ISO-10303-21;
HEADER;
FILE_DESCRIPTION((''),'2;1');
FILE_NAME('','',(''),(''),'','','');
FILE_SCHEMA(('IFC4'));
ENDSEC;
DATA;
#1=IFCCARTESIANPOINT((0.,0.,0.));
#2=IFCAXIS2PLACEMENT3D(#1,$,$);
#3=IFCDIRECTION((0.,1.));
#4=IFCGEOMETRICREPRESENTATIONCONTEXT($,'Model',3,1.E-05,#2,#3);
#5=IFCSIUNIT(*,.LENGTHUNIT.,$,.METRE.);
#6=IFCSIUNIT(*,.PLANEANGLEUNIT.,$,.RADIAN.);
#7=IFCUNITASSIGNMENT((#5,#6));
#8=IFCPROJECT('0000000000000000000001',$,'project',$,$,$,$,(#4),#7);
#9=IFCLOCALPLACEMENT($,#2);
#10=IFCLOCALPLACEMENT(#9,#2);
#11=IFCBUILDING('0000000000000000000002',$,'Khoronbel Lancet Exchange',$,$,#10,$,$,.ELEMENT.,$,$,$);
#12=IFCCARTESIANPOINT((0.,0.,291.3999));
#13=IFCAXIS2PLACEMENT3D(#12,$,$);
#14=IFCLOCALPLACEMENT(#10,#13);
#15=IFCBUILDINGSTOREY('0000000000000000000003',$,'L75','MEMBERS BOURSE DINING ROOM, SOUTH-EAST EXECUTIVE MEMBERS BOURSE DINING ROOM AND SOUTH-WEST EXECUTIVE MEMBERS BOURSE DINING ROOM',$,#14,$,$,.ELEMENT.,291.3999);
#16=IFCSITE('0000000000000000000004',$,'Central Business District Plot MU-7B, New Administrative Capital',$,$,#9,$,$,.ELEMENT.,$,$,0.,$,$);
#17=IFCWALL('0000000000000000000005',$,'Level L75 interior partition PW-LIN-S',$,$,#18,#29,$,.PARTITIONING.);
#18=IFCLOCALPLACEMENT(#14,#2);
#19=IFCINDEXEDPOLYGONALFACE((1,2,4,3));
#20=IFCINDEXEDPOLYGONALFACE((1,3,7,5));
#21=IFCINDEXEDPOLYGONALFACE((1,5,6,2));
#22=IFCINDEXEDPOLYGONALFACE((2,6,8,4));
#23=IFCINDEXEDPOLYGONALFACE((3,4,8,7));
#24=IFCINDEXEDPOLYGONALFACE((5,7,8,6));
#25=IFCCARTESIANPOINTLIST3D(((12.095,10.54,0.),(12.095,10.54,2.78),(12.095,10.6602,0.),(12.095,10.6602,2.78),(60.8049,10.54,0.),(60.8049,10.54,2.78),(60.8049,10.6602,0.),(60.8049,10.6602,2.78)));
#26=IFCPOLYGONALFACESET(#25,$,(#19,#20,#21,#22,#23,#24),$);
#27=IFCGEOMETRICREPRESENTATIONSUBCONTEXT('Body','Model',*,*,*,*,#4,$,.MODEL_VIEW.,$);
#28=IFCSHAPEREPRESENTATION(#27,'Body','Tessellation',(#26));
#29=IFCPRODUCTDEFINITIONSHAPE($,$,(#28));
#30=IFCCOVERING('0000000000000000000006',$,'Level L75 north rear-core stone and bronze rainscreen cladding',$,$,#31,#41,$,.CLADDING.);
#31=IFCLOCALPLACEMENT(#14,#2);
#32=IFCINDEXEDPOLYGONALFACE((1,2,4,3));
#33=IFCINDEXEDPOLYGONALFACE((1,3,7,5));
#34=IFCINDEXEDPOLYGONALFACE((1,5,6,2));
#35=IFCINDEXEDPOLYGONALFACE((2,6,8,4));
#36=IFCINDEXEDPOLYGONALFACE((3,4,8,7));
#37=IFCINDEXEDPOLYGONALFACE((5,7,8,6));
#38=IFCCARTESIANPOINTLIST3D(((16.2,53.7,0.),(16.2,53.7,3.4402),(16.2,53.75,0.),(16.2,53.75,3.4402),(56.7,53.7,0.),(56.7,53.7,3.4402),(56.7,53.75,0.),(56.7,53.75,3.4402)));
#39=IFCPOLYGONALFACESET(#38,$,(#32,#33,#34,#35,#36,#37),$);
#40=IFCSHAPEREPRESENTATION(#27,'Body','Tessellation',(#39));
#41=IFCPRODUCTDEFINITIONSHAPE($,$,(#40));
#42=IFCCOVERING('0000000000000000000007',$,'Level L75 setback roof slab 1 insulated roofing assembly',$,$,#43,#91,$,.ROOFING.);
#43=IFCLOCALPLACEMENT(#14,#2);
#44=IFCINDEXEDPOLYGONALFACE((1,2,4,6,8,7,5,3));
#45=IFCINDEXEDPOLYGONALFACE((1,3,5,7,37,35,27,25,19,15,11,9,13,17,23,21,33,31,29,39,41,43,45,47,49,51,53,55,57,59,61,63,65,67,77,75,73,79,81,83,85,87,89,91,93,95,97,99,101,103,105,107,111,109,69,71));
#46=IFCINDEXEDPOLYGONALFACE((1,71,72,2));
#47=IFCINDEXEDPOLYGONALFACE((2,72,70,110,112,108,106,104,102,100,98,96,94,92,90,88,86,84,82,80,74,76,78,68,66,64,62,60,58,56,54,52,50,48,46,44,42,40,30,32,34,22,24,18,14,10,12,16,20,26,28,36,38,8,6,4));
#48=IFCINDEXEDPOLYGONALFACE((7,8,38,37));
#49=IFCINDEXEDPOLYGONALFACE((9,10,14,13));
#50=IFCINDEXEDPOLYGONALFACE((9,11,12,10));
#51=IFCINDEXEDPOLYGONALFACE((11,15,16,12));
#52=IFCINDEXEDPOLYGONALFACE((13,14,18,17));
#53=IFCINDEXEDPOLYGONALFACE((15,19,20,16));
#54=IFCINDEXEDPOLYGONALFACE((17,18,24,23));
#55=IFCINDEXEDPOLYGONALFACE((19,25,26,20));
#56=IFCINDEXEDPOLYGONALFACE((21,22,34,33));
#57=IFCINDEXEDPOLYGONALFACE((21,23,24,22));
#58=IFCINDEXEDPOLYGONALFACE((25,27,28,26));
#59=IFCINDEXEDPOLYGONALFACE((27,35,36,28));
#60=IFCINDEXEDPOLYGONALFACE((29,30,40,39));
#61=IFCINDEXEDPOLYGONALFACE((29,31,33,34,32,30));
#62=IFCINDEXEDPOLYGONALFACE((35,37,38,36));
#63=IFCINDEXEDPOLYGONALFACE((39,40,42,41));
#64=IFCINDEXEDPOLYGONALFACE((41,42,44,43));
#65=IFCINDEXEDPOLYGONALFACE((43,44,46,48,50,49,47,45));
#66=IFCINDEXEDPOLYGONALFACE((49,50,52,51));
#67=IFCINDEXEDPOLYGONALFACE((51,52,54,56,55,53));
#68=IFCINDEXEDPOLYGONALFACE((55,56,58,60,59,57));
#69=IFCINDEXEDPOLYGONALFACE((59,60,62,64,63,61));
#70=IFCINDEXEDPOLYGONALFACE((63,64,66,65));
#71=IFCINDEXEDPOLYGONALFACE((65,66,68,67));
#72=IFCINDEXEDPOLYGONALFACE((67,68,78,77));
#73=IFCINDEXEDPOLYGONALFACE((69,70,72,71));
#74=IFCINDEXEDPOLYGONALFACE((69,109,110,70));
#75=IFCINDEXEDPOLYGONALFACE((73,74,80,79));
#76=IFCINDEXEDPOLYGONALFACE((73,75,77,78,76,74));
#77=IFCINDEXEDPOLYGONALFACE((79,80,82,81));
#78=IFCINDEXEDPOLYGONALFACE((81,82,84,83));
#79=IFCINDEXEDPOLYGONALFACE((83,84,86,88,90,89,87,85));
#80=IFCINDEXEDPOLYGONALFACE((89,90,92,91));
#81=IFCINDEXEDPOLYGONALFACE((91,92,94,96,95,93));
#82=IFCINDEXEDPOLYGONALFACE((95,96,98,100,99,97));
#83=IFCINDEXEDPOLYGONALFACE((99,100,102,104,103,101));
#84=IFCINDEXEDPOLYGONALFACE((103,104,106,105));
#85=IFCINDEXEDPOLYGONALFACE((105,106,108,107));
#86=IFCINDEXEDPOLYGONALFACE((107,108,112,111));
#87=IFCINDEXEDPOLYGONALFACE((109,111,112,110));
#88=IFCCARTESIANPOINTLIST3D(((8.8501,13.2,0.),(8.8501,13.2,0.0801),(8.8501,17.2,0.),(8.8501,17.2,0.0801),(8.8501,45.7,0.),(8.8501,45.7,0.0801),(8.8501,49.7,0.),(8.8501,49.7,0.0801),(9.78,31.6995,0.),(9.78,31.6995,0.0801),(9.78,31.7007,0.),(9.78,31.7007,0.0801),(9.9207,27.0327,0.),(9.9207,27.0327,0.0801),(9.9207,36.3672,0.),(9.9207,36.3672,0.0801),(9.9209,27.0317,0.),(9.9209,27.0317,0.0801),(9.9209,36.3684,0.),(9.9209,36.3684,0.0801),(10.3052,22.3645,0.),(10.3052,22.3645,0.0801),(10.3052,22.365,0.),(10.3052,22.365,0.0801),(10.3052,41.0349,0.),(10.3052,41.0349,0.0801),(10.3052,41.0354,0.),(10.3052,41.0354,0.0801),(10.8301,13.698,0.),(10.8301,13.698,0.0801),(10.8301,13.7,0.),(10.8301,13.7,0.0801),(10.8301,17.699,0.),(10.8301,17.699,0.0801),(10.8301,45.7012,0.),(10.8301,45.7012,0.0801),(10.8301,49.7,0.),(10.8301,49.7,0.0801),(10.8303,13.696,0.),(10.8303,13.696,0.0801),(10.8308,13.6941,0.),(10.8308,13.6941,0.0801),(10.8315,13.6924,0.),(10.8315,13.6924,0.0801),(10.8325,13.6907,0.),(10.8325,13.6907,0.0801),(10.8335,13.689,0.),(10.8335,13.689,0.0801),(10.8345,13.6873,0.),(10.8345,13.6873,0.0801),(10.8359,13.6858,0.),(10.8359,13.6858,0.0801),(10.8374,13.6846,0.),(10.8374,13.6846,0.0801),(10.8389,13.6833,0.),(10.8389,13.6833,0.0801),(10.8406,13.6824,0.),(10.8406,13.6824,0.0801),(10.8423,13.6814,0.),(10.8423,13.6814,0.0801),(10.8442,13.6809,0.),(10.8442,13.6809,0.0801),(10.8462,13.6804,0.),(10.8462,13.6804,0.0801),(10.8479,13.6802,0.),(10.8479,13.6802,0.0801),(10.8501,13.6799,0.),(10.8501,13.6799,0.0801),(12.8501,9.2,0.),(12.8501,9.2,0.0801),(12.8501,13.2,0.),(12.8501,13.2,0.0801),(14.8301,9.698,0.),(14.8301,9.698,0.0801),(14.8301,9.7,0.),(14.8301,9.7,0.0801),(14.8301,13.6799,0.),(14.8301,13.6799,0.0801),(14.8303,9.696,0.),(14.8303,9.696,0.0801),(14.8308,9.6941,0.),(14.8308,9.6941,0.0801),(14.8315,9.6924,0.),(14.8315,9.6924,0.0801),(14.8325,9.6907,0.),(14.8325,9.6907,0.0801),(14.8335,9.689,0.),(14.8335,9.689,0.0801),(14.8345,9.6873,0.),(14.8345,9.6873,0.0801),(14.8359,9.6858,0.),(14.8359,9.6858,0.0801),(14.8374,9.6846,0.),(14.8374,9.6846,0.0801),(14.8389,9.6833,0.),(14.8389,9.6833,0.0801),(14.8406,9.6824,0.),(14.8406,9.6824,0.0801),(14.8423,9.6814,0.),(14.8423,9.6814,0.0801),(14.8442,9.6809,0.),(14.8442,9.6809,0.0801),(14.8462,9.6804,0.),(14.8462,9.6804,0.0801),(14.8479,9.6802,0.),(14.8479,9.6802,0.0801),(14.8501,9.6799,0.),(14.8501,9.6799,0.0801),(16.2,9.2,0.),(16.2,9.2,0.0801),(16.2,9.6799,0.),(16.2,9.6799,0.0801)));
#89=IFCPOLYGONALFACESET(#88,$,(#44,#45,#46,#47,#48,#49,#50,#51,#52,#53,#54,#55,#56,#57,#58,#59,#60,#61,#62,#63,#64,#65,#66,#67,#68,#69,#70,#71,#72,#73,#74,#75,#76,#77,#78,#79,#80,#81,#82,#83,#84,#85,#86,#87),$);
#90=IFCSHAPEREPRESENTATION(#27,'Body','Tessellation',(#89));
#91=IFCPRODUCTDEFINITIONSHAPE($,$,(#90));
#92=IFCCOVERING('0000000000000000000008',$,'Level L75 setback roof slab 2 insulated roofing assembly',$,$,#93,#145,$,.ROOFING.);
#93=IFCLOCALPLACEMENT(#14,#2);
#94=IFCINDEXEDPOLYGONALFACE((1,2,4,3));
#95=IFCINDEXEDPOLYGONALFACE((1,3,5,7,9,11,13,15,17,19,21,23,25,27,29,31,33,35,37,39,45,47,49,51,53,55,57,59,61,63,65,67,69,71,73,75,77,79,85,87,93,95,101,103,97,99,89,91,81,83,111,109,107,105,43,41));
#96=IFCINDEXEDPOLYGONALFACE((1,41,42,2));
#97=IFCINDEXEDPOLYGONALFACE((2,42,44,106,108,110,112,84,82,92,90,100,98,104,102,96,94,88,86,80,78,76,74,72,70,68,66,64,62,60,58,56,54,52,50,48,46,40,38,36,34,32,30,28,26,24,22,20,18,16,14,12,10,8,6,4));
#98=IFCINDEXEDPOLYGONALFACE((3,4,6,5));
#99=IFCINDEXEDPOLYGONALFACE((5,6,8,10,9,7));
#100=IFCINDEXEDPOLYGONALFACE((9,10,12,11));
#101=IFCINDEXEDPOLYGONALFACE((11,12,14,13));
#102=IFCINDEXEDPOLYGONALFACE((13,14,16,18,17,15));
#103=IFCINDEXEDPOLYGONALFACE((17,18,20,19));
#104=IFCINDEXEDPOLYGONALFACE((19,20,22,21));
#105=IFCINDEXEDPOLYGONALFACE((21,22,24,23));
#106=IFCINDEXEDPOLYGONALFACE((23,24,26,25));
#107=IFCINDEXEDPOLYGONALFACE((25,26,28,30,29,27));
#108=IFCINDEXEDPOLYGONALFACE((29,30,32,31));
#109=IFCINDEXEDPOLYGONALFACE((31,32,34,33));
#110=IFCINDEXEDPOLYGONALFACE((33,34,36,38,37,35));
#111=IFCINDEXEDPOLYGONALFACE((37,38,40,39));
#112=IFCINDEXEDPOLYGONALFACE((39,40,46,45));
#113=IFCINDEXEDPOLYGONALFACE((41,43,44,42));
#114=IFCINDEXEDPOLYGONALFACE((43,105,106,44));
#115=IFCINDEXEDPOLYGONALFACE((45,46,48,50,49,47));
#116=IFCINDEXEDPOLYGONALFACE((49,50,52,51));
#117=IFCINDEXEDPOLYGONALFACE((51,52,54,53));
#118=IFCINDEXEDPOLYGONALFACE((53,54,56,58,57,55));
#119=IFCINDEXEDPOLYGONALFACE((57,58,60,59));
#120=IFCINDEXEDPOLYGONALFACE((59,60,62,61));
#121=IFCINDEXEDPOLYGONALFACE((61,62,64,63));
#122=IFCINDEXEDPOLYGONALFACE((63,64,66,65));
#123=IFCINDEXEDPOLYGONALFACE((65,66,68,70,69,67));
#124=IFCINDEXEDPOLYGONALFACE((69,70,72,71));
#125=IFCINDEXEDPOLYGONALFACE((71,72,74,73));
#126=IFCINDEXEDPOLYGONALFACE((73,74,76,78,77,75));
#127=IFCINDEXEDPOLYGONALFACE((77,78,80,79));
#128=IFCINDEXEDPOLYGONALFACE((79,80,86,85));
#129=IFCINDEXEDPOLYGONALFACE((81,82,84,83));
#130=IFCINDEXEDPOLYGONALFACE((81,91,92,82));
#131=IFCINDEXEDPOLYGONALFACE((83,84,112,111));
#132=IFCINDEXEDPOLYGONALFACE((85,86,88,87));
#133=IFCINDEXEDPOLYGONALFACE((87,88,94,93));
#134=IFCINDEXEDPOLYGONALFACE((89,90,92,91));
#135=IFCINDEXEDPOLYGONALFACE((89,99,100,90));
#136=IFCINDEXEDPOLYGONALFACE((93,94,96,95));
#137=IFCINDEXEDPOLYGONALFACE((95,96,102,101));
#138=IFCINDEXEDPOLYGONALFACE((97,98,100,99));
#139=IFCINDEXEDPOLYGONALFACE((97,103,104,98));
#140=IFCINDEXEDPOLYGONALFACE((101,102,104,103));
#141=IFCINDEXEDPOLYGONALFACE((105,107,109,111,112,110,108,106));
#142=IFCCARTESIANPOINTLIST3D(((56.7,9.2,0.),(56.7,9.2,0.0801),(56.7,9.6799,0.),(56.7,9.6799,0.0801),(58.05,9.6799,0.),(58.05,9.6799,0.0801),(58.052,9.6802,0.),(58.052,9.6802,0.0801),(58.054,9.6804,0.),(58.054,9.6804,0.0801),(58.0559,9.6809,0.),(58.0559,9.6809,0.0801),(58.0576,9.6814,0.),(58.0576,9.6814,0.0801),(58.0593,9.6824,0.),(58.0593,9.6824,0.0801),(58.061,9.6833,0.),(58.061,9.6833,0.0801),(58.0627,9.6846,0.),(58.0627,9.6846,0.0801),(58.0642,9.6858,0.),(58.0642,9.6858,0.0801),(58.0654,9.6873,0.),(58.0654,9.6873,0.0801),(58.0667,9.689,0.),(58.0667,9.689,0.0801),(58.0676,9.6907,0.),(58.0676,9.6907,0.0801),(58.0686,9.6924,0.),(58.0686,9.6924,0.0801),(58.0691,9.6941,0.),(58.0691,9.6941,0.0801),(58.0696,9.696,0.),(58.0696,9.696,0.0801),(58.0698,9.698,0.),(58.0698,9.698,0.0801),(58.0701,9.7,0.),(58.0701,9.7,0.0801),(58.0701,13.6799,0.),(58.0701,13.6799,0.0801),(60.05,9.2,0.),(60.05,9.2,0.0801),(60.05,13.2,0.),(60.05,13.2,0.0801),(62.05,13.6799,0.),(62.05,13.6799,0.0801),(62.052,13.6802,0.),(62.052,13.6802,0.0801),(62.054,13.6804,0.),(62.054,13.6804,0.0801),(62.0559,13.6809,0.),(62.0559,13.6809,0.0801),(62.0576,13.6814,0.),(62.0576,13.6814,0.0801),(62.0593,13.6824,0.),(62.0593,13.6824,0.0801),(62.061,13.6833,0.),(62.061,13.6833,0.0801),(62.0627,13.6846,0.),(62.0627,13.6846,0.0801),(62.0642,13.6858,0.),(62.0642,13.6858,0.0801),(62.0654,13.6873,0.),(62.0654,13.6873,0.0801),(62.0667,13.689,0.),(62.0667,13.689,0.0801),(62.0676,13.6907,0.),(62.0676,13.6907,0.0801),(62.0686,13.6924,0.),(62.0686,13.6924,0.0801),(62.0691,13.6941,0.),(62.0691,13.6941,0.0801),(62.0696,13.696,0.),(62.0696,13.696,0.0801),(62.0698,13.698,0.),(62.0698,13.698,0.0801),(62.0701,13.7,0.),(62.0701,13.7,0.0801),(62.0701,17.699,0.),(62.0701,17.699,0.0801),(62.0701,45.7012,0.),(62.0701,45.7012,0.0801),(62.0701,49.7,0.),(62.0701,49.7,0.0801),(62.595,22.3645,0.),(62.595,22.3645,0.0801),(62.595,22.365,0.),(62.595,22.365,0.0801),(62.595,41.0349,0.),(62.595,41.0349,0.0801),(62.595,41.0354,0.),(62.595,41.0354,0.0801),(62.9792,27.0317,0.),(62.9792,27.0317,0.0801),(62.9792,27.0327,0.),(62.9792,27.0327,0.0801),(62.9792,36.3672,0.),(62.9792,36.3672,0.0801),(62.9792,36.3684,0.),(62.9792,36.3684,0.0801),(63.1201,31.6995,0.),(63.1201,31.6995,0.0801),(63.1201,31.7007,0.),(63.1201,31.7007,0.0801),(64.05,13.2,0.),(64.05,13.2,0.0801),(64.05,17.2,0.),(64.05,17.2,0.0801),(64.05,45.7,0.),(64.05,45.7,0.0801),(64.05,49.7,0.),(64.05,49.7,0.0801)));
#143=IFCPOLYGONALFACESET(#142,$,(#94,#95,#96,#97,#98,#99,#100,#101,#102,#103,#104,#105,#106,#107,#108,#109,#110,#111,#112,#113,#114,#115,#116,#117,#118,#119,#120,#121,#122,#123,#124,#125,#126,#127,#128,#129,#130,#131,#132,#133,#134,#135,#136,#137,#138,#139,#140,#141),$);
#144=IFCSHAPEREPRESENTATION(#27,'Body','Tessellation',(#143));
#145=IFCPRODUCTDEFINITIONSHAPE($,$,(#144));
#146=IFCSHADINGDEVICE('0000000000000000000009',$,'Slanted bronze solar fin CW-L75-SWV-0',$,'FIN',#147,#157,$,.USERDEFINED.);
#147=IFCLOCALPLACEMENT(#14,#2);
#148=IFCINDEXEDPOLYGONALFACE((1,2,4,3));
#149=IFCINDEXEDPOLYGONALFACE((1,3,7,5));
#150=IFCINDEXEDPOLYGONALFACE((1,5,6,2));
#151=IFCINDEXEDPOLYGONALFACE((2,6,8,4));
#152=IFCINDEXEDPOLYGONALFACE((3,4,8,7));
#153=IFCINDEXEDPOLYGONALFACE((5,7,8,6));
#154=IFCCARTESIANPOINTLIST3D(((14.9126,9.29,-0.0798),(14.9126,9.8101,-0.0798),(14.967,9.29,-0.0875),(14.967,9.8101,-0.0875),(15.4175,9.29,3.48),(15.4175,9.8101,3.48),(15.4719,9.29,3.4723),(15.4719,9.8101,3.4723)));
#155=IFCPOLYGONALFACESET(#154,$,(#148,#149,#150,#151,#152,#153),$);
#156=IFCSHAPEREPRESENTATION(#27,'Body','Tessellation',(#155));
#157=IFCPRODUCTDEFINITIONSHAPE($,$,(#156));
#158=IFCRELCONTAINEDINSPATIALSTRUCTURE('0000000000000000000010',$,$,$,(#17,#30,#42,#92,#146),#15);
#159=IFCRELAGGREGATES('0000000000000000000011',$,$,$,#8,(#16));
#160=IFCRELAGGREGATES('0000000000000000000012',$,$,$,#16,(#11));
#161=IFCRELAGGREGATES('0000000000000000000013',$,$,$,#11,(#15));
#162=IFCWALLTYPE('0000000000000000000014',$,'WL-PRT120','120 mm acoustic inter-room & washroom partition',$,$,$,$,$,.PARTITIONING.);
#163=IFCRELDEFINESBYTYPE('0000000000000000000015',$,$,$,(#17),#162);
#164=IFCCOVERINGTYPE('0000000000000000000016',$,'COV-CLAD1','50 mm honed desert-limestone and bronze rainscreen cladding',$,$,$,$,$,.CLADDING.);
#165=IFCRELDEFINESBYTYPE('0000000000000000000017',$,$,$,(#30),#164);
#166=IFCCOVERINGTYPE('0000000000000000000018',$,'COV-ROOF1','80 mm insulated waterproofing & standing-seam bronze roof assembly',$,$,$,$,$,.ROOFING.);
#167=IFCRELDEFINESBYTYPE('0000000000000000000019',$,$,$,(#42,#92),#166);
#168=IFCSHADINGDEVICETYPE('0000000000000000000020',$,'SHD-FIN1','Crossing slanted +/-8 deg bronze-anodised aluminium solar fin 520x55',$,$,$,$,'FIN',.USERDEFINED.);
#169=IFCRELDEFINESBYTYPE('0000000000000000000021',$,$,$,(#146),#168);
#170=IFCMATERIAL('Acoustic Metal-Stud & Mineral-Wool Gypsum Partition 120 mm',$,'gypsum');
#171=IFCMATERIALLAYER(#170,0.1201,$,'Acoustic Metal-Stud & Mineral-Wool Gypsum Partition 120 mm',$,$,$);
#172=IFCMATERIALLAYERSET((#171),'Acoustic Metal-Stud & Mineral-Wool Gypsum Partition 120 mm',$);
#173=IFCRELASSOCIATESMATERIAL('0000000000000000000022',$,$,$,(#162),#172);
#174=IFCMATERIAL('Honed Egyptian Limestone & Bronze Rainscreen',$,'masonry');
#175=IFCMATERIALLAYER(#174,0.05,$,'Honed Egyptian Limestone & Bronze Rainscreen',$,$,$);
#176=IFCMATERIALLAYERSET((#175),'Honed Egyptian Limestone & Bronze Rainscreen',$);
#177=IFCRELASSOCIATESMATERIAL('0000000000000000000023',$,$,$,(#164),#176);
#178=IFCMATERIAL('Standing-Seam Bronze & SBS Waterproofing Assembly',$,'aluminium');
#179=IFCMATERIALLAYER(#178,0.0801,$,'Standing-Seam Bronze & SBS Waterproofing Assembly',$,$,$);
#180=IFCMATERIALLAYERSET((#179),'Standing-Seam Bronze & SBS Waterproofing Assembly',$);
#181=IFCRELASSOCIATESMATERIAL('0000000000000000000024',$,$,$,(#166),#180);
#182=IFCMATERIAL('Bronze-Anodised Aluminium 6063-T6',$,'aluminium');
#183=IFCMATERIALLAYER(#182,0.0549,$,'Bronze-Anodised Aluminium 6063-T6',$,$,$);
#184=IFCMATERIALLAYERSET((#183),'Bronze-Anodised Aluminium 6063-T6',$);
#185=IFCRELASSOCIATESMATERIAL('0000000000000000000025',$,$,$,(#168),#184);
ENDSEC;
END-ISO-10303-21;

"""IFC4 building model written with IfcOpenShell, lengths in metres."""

from ifc_helpers import new_model, si_unit, direction, frame, frame_2d, origin, place, context, subcontext, project, spatial, polyline, rectangle, outline, extrude, material, layer, layer_set, type_object, element, save


model = new_model("IFC4")

# Units and contexts
model_context = context("Model", 3, precision=1e-05, world=origin(), true_north=direction((0.0, 1.0)))
body_context = subcontext(model_context, "Body", "Model", "MODEL_VIEW")
ifc_project = project(units=[si_unit("LENGTHUNIT", "METRE"), si_unit("PLANEANGLEUNIT", "RADIAN")], contexts=[model_context])

# Site, building, storey
site_placement = place(None, origin())
site = spatial("IfcSite", under=ifc_project, at=site_placement, Name="Central Business District Plot MU-7B, New Administrative Capital", CompositionType="ELEMENT", RefElevation=0.0)
building_placement = place(site_placement, origin())
building = spatial("IfcBuilding", under=site, at=building_placement, Name="Khoronbel Lancet Exchange", CompositionType="ELEMENT")
storey_placement = place(building_placement, frame((0.0, 0.0, 291.3999)))
storey = spatial("IfcBuildingStorey", under=building, at=storey_placement, Name="L75", Description="MEMBERS BOURSE DINING ROOM, SOUTH-EAST EXECUTIVE MEMBERS BOURSE DINING ROOM AND SOUTH-WEST EXECUTIVE MEMBERS BOURSE DINING ROOM", CompositionType="ELEMENT", Elevation=291.3999)

# Shared definitions
ifc_material_1 = material(Name="Bronze-Anodised Aluminium 6063-T6", Category="aluminium")

# Wall
ifc_material_2 = material(Name="Acoustic Metal-Stud & Mineral-Wool Gypsum Partition 120 mm", Category="gypsum")
ifc_layer_1 = layer(ifc_material_2, 0.1201, Name="Acoustic Metal-Stud & Mineral-Wool Gypsum Partition 120 mm")
ifc_layer_set_1 = layer_set([ifc_layer_1], Name="Acoustic Metal-Stud & Mineral-Wool Gypsum Partition 120 mm")
wall_type_1 = type_object("IfcWallType", Name="WL-PRT120", Description="120 mm acoustic inter-room & washroom partition", PredefinedType="PARTITIONING", material=ifc_layer_set_1)
wall_1_placement = place(storey_placement, frame((12.095, 10.6001, 0.0), z_axis=(0.0, 0.0, 1.0), x_axis=(1.0, 0.0, 0.0)))
element("IfcWall", 1, at=wall_1_placement, inside=storey, type_object=wall_type_1, Name="Level L75 interior partition PW-LIN-S", PredefinedType="PARTITIONING", context=body_context, shape_type="SweptSolid", body=[
    extrude(rectangle(XDim=48.71, YDim=0.1201, at=frame_2d((24.355, 0.0))), origin(), (0.0, 0.0, 1.0), 2.78),
])

# Coverings
ifc_material_3 = material(Name="Honed Egyptian Limestone & Bronze Rainscreen", Category="masonry")
ifc_layer_2 = layer(ifc_material_3, 0.05, Name="Honed Egyptian Limestone & Bronze Rainscreen")
ifc_layer_set_2 = layer_set([ifc_layer_2], Name="Honed Egyptian Limestone & Bronze Rainscreen")
covering_type_1 = type_object("IfcCoveringType", Name="COV-CLAD1", Description="50 mm honed desert-limestone and bronze rainscreen cladding", PredefinedType="CLADDING", material=ifc_layer_set_2)
covering_1_placement = place(storey_placement, origin())
element("IfcCovering", 2, at=covering_1_placement, inside=storey, type_object=covering_type_1, Name="Level L75 north rear-core stone and bronze rainscreen cladding", PredefinedType="CLADDING", context=body_context, shape_type="SweptSolid", body=[
    extrude(outline(polyline([(16.2, 53.7), (56.7, 53.7), (56.7, 53.75), (16.2, 53.75), (16.2, 53.7)])), origin(), (0.0, 0.0, 1.0), 3.4402),
])
ifc_material_4 = material(Name="Standing-Seam Bronze & SBS Waterproofing Assembly", Category="aluminium")
ifc_layer_3 = layer(ifc_material_4, 0.0801, Name="Standing-Seam Bronze & SBS Waterproofing Assembly")
ifc_layer_set_3 = layer_set([ifc_layer_3], Name="Standing-Seam Bronze & SBS Waterproofing Assembly")
covering_type_2 = type_object("IfcCoveringType", Name="COV-ROOF1", Description="80 mm insulated waterproofing & standing-seam bronze roof assembly", PredefinedType="ROOFING", material=ifc_layer_set_3)
covering_2_placement = place(storey_placement, origin())
element("IfcCovering", 3, at=covering_2_placement, inside=storey, type_object=covering_type_2, Name="Level L75 setback roof slab 1 insulated roofing assembly", PredefinedType="ROOFING", context=body_context, shape_type="SweptSolid", body=[
    extrude(outline(polyline([(12.8501, 9.2), (12.8501, 13.2), (8.8501, 13.2), (8.8501, 17.2), (8.8501, 45.7), (8.8501, 49.7), (10.8301, 49.7), (10.8301, 45.7012), (10.3052, 41.0354), (10.3052, 41.0349), (9.9209, 36.3684), (9.9207, 36.3672), (9.78, 31.7007), (9.78, 31.6995), (9.9207, 27.0327), (9.9209, 27.0317), (10.3052, 22.365), (10.3052, 22.3645), (10.8301, 17.699), (10.8301, 13.7), (10.8301, 13.698), (10.8303, 13.696), (10.8308, 13.6941), (10.8315, 13.6924), (10.8325, 13.6907), (10.8335, 13.689), (10.8345, 13.6873), (10.8359, 13.6858), (10.8374, 13.6846), (10.8389, 13.6833), (10.8406, 13.6824), (10.8423, 13.6814), (10.8442, 13.6809), (10.8462, 13.6804), (10.8479, 13.6802), (10.8501, 13.6799), (14.8301, 13.6799), (14.8301, 9.7), (14.8301, 9.698), (14.8303, 9.696), (14.8308, 9.6941), (14.8315, 9.6924), (14.8325, 9.6907), (14.8335, 9.689), (14.8345, 9.6873), (14.8359, 9.6858), (14.8374, 9.6846), (14.8389, 9.6833), (14.8406, 9.6824), (14.8423, 9.6814), (14.8442, 9.6809), (14.8462, 9.6804), (14.8479, 9.6802), (14.8501, 9.6799), (16.2, 9.6799), (16.2, 9.2), (12.8501, 9.2)])), origin(), (0.0, 0.0, 1.0), 0.0801),
])
covering_3_placement = place(storey_placement, origin())
element("IfcCovering", 4, at=covering_3_placement, inside=storey, type_object=covering_type_2, Name="Level L75 setback roof slab 2 insulated roofing assembly", PredefinedType="ROOFING", context=body_context, shape_type="SweptSolid", body=[
    extrude(outline(polyline([(64.05, 45.7), (64.05, 17.2), (64.05, 13.2), (60.05, 13.2), (60.05, 9.2), (56.7, 9.2), (56.7, 9.6799), (58.05, 9.6799), (58.052, 9.6802), (58.054, 9.6804), (58.0559, 9.6809), (58.0576, 9.6814), (58.0593, 9.6824), (58.061, 9.6833), (58.0627, 9.6846), (58.0642, 9.6858), (58.0654, 9.6873), (58.0667, 9.689), (58.0676, 9.6907), (58.0686, 9.6924), (58.0691, 9.6941), (58.0696, 9.696), (58.0698, 9.698), (58.0701, 9.7), (58.0701, 13.6799), (62.05, 13.6799), (62.052, 13.6802), (62.054, 13.6804), (62.0559, 13.6809), (62.0576, 13.6814), (62.0593, 13.6824), (62.061, 13.6833), (62.0627, 13.6846), (62.0642, 13.6858), (62.0654, 13.6873), (62.0667, 13.689), (62.0676, 13.6907), (62.0686, 13.6924), (62.0691, 13.6941), (62.0696, 13.696), (62.0698, 13.698), (62.0701, 13.7), (62.0701, 17.699), (62.595, 22.3645), (62.595, 22.365), (62.9792, 27.0317), (62.9792, 27.0327), (63.1201, 31.6995), (63.1201, 31.7007), (62.9792, 36.3672), (62.9792, 36.3684), (62.595, 41.0349), (62.595, 41.0354), (62.0701, 45.7012), (62.0701, 49.7), (64.05, 49.7), (64.05, 45.7)])), origin(), (0.0, 0.0, 1.0), 0.0801),
])

# Shading device
ifc_layer_4 = layer(ifc_material_1, 0.0549, Name="Bronze-Anodised Aluminium 6063-T6")
ifc_layer_set_4 = layer_set([ifc_layer_4], Name="Bronze-Anodised Aluminium 6063-T6")
shading_device_type = type_object("IfcShadingDeviceType", Name="SHD-FIN1", Description="Crossing slanted +/-8 deg bronze-anodised aluminium solar fin 520x55", ElementType="FIN", PredefinedType="USERDEFINED", material=ifc_layer_set_4)
shading_device_placement = place(storey_placement, frame((14.9126, 9.8101, -0.0798), z_axis=(-0.990092, 0.0, 0.140423), x_axis=(0.0, -1.0, 0.0)))
element("IfcShadingDevice", 5, at=shading_device_placement, inside=storey, type_object=shading_device_type, Name="Slanted bronze solar fin CW-L75-SWV-0", ObjectType="FIN", PredefinedType="USERDEFINED", context=body_context, shape_type="SweptSolid", body=[
    extrude(outline(polyline([(0.0, 0.0), (0.52, 0.0), (0.52, 3.5955), (0.0, 3.5955), (0.0, 0.0)])), origin(), (0.0, 0.0, -1.0), 0.0549),
])

save(model, "model.ifc")
